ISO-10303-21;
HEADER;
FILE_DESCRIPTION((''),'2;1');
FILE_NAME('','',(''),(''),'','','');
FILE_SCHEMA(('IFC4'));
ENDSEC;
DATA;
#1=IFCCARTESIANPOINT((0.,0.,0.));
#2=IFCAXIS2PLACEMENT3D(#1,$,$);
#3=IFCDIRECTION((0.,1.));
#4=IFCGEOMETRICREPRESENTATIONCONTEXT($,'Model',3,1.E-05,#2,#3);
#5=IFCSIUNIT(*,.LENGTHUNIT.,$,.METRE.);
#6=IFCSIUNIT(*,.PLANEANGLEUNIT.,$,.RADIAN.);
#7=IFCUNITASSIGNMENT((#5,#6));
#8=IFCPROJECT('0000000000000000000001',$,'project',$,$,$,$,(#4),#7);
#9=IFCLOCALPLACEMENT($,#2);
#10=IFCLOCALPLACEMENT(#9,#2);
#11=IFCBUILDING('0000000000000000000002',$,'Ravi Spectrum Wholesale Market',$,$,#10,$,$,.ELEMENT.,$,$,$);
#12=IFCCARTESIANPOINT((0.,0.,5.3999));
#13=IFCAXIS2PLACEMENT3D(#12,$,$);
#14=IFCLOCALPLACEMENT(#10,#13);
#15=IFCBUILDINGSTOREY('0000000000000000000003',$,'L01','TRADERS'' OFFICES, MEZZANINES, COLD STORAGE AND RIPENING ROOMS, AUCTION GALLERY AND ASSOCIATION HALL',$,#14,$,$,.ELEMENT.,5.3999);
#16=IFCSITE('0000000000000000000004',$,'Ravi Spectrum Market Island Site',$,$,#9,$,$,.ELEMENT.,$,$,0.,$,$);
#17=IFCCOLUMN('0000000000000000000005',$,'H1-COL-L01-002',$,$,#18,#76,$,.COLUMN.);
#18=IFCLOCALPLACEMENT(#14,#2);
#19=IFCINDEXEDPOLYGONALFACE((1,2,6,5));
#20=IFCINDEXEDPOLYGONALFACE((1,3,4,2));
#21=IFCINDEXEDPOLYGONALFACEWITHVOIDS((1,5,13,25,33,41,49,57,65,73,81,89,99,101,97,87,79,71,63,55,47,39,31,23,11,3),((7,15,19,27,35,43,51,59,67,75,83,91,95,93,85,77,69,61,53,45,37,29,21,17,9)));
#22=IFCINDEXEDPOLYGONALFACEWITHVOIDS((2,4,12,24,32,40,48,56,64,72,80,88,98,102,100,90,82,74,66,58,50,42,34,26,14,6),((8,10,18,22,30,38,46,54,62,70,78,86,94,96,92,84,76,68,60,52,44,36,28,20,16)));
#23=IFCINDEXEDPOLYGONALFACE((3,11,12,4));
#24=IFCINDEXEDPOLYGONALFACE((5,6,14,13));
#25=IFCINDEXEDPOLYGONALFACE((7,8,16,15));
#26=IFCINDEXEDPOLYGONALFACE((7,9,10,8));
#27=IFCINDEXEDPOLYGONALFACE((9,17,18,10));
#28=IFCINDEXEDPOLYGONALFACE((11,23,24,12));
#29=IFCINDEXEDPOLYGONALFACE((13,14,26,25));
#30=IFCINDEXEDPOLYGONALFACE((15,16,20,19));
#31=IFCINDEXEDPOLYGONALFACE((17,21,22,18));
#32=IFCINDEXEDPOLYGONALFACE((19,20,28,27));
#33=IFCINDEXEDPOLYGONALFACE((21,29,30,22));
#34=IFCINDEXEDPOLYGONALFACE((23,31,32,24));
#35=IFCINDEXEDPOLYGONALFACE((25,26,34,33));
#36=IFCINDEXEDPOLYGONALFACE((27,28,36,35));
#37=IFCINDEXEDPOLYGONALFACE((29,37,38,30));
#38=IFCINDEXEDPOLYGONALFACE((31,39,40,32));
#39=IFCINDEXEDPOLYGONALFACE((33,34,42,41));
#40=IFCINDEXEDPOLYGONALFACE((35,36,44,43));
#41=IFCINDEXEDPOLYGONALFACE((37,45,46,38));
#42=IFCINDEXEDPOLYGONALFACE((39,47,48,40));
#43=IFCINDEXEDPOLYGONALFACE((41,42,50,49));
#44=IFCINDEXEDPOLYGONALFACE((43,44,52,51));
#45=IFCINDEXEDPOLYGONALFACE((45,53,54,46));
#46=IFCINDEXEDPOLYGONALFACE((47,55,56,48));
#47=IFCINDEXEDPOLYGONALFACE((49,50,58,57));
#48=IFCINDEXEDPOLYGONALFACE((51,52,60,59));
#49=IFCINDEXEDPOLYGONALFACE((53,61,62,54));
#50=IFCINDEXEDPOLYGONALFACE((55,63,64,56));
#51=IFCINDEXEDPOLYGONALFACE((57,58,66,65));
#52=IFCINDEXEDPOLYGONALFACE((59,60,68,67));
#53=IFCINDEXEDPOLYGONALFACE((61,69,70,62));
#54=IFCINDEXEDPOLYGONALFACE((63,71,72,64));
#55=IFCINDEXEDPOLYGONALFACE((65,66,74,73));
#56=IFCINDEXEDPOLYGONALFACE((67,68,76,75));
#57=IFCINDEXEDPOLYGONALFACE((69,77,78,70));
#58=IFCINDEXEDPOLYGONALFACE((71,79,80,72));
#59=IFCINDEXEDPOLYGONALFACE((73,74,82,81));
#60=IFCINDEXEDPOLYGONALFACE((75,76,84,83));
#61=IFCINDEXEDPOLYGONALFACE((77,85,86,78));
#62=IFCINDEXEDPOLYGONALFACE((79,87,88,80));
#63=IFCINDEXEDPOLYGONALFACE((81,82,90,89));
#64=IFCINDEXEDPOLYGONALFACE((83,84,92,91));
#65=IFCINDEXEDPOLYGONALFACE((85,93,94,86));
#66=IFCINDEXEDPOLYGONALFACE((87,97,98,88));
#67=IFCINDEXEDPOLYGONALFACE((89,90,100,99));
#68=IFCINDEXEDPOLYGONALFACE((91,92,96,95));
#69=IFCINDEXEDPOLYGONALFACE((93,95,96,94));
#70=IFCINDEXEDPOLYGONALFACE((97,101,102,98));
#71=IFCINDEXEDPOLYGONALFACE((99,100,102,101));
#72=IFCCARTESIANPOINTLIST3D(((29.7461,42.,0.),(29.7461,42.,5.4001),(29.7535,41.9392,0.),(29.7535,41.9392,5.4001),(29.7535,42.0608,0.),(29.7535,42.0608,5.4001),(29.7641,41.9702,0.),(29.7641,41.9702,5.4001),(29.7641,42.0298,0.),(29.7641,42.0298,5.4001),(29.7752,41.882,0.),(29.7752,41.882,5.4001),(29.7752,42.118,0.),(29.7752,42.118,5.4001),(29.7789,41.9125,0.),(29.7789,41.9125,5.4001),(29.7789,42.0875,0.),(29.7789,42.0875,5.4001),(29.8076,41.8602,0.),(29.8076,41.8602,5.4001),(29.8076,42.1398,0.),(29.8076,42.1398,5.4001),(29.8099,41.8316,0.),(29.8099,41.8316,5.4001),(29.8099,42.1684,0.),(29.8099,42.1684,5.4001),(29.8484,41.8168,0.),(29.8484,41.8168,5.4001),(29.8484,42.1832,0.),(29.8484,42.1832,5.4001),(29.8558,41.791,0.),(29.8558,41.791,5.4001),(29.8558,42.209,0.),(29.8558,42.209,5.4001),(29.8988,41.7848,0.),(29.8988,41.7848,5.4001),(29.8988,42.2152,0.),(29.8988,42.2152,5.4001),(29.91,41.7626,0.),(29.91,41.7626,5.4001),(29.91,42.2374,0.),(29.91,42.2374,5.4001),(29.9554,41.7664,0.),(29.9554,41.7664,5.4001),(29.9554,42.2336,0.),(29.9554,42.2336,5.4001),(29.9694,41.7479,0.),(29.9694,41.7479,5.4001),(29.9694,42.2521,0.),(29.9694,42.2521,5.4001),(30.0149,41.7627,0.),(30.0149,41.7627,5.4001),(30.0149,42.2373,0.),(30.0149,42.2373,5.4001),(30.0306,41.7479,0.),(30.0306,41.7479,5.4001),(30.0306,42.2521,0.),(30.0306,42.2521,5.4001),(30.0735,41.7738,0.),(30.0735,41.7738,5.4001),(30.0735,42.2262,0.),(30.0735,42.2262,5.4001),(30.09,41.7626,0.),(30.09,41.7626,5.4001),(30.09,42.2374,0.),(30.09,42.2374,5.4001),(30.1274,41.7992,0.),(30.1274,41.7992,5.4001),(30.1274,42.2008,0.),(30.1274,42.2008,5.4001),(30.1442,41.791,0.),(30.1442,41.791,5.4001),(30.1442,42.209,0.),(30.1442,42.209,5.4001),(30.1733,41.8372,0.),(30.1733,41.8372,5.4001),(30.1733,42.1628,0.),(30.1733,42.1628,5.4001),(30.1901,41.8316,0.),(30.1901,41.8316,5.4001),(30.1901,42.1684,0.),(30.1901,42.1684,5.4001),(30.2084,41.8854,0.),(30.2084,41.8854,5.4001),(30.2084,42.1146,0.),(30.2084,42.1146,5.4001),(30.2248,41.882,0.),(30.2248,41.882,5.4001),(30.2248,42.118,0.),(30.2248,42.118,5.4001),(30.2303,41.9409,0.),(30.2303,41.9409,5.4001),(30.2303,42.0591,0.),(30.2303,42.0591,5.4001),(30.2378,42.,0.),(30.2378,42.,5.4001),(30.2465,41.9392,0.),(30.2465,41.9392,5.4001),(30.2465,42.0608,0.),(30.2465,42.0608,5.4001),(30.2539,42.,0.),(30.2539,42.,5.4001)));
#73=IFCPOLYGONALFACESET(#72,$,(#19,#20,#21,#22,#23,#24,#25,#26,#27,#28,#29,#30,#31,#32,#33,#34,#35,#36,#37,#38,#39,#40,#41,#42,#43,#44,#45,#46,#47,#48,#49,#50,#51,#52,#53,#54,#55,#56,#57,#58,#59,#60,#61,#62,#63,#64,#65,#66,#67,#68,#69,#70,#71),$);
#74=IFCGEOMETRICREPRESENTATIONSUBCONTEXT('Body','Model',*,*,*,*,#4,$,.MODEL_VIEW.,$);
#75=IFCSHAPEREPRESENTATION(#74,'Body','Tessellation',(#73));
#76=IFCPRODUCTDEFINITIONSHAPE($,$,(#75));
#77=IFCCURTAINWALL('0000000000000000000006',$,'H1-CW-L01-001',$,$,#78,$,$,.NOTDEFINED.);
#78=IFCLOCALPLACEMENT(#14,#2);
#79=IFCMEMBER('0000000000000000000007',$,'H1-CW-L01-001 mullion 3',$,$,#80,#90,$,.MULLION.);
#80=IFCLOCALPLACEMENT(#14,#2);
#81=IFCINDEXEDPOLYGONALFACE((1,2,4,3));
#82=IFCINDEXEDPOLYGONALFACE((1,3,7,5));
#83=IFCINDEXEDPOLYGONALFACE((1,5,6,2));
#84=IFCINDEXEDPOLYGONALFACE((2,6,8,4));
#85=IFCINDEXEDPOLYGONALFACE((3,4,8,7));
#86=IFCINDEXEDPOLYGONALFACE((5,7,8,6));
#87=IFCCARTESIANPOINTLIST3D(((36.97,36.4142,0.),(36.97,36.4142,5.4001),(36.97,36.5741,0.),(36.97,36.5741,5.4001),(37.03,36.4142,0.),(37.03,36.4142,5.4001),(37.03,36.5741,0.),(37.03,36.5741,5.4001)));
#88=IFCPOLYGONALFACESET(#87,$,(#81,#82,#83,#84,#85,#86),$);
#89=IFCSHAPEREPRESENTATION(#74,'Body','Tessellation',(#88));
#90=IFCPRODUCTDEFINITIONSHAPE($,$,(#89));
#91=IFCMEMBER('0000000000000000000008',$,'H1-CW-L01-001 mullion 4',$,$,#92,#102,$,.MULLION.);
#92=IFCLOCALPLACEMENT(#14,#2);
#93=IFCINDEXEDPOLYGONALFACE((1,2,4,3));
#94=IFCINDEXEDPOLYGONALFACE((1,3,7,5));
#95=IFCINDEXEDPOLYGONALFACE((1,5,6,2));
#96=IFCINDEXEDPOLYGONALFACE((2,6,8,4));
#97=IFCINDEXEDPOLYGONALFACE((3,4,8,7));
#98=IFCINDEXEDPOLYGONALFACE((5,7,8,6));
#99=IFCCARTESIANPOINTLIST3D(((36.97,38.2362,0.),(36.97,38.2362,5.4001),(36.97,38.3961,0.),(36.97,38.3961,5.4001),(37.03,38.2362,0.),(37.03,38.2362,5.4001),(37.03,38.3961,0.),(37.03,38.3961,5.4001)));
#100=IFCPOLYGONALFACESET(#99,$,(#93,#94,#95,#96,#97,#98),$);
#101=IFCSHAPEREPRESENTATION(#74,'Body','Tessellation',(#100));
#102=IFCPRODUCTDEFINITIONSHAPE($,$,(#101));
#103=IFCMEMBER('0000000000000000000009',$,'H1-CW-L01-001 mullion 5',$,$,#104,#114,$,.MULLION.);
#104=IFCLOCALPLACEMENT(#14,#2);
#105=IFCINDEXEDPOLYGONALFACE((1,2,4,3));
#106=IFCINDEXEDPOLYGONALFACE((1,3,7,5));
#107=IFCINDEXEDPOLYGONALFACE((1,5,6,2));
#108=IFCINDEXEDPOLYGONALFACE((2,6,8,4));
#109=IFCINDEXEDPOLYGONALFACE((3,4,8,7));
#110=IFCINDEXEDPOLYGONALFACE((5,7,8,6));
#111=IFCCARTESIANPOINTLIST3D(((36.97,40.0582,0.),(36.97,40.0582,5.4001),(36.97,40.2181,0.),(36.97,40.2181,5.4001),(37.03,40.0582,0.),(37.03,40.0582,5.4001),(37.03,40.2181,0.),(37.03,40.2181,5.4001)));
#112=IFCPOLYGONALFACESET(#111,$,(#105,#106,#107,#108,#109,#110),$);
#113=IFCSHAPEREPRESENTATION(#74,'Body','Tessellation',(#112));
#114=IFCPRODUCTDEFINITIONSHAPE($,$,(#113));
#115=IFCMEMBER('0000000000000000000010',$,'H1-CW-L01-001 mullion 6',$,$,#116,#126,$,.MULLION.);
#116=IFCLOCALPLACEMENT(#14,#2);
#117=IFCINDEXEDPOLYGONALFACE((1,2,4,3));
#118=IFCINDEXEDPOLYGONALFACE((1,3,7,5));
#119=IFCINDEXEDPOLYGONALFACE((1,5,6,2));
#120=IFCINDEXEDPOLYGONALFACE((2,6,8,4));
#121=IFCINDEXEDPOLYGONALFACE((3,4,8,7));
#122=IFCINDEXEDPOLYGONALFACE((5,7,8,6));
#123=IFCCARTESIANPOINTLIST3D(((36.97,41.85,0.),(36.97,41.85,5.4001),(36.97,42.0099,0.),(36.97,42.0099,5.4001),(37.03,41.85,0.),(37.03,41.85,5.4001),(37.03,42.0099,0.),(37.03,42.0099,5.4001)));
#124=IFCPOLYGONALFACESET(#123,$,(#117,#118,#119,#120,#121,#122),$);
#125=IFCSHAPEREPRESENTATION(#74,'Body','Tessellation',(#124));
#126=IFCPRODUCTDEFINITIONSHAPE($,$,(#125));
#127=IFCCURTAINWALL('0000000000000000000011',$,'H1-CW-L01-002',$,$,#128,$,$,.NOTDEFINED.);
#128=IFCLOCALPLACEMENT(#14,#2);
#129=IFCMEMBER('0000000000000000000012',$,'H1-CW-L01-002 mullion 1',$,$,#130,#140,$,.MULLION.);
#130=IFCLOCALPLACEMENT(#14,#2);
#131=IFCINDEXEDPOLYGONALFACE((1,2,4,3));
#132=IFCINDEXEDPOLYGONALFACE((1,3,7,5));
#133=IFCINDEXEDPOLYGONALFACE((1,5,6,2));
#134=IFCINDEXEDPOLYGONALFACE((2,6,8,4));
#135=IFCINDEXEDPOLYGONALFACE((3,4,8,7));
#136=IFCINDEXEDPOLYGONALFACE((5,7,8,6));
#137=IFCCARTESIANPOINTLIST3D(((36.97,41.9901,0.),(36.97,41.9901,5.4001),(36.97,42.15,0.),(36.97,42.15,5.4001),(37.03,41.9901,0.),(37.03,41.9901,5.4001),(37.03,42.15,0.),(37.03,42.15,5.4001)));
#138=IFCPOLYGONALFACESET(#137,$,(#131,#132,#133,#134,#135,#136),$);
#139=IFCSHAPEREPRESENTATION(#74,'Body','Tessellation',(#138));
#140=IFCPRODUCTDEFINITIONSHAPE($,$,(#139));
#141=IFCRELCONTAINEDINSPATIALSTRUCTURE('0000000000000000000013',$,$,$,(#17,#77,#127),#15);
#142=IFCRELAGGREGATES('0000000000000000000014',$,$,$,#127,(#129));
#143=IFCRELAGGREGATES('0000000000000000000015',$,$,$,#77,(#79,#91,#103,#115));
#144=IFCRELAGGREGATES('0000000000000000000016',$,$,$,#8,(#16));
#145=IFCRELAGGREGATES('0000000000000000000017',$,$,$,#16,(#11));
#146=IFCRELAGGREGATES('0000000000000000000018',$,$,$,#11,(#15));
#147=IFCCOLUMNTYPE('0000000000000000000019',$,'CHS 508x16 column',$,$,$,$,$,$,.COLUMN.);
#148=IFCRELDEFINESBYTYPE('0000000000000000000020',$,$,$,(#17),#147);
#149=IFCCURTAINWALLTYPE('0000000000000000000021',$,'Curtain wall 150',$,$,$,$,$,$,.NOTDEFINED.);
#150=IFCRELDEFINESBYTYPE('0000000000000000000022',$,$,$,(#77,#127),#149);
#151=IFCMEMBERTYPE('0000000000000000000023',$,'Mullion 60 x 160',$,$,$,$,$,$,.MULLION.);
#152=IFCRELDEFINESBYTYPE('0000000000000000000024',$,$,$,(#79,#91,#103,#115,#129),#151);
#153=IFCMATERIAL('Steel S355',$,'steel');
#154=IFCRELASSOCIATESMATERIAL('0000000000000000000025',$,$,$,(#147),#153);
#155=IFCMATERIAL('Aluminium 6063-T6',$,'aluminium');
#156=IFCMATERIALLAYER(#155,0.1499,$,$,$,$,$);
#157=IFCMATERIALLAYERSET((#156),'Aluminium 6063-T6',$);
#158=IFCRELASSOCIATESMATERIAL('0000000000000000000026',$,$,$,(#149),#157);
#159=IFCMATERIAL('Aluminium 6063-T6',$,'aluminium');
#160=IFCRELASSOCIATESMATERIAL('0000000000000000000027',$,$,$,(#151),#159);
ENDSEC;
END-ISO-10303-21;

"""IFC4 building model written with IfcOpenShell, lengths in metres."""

from ifc_helpers import new_model, si_unit, direction, frame, origin, origin_2d, place, context, subcontext, project, spatial, rectangle, hollow_circle, extrude, material, layer, layer_set, material_profile, profile_set, type_object, element, aggregate, save


model = new_model("IFC4")

# Units and contexts
model_context = context("Model", 3, precision=1e-05, world=origin(), true_north=direction((0.0, 1.0)))
body_context = subcontext(model_context, "Body", "Model", "MODEL_VIEW")
ifc_project = project(units=[si_unit("LENGTHUNIT", "METRE"), si_unit("PLANEANGLEUNIT", "RADIAN")], contexts=[model_context])

# Site, building, storey
site_placement = place(None, origin())
site = spatial("IfcSite", under=ifc_project, at=site_placement, Name="Ravi Spectrum Market Island Site", CompositionType="ELEMENT", RefElevation=0.0)
building_placement = place(site_placement, origin())
building = spatial("IfcBuilding", under=site, at=building_placement, Name="Ravi Spectrum Wholesale Market", CompositionType="ELEMENT")
storey_placement = place(building_placement, frame((0.0, 0.0, 5.3999)))
storey = spatial("IfcBuildingStorey", under=building, at=storey_placement, Name="L01", Description="TRADERS' OFFICES, MEZZANINES, COLD STORAGE AND RIPENING ROOMS, AUCTION GALLERY AND ASSOCIATION HALL", CompositionType="ELEMENT", Elevation=5.3999)

# Column
ifc_material_1 = material(Name="Steel S355", Category="steel")
ifc_material_profile_1 = material_profile(ifc_material_1, hollow_circle(Radius=0.2539, WallThickness=0.0161, at=origin_2d()))
ifc_profile_set_1 = profile_set([ifc_material_profile_1], Name="Steel S355")
column_type = type_object("IfcColumnType", Name="CHS 508x16 column", PredefinedType="COLUMN", material=ifc_profile_set_1)
column_placement = place(storey_placement, frame((30.0, 42.0, 0.0), z_axis=(0.0, 0.0, 1.0), x_axis=(1.0, 0.0, 0.0)))
element("IfcColumn", 1, at=column_placement, inside=storey, type_object=column_type, Name="H1-COL-L01-002", PredefinedType="COLUMN", context=body_context, shape_type="SweptSolid", body=[
    extrude(hollow_circle(Radius=0.2539, WallThickness=0.0161, at=origin_2d()), origin(), (0.0, 0.0, 1.0), 5.4001),
])

# Curtain wall, members
ifc_material_2 = material(Name="Aluminium 6063-T6", Category="aluminium")
ifc_layer_1 = layer(ifc_material_2, 0.1499)
ifc_layer_set_1 = layer_set([ifc_layer_1], Name="Aluminium 6063-T6")
curtain_wall_type = type_object("IfcCurtainWallType", Name="Curtain wall 150", PredefinedType="NOTDEFINED", material=ifc_layer_set_1)
curtain_wall_1_placement = place(storey_placement, origin())
curtain_wall_1 = element("IfcCurtainWall", 2, at=curtain_wall_1_placement, inside=storey, type_object=curtain_wall_type, Name="H1-CW-L01-001", PredefinedType="NOTDEFINED")
ifc_material_3 = material(Name="Aluminium 6063-T6", Category="aluminium")
ifc_material_profile_2 = material_profile(ifc_material_3, rectangle(XDim=0.0601, YDim=0.1599, at=origin_2d()))
ifc_profile_set_2 = profile_set([ifc_material_profile_2], Name="Aluminium 6063-T6")
member_type_1 = type_object("IfcMemberType", Name="Mullion 60 x 160", PredefinedType="MULLION", material=ifc_profile_set_2)
member_1_placement = place(storey_placement, frame((37.0, 36.4941, 0.0), z_axis=(0.0, 0.0, 1.0), x_axis=(-1.0, 0.0, 0.0)))
member_1 = element("IfcMember", 3, at=member_1_placement, type_object=member_type_1, Name="H1-CW-L01-001 mullion 3", PredefinedType="MULLION", context=body_context, shape_type="SweptSolid", body=[
    extrude(rectangle(XDim=0.0601, YDim=0.1599, at=origin_2d()), origin(), (0.0, 0.0, 1.0), 5.4001),
])
member_2_placement = place(storey_placement, frame((37.0, 38.3162, 0.0), z_axis=(0.0, 0.0, 1.0), x_axis=(-1.0, 0.0, 0.0)))
member_2 = element("IfcMember", 4, at=member_2_placement, type_object=member_type_1, Name="H1-CW-L01-001 mullion 4", PredefinedType="MULLION", context=body_context, shape_type="SweptSolid", body=[
    extrude(rectangle(XDim=0.0601, YDim=0.1599, at=origin_2d()), origin(), (0.0, 0.0, 1.0), 5.4001),
])
member_3_placement = place(storey_placement, frame((37.0, 40.1382, 0.0), z_axis=(0.0, 0.0, 1.0), x_axis=(-1.0, 0.0, 0.0)))
member_3 = element("IfcMember", 5, at=member_3_placement, type_object=member_type_1, Name="H1-CW-L01-001 mullion 5", PredefinedType="MULLION", context=body_context, shape_type="SweptSolid", body=[
    extrude(rectangle(XDim=0.0601, YDim=0.1599, at=origin_2d()), origin(), (0.0, 0.0, 1.0), 5.4001),
])
member_4_placement = place(storey_placement, frame((37.0, 41.9299, 0.0), z_axis=(0.0, 0.0, 1.0), x_axis=(-1.0, 0.0, 0.0)))
member_4 = element("IfcMember", 6, at=member_4_placement, type_object=member_type_1, Name="H1-CW-L01-001 mullion 6", PredefinedType="MULLION", context=body_context, shape_type="SweptSolid", body=[
    extrude(rectangle(XDim=0.0601, YDim=0.1599, at=origin_2d()), origin(), (0.0, 0.0, 1.0), 5.4001),
])

# Curtain wall, member
curtain_wall_2_placement = place(storey_placement, origin())
curtain_wall_2 = element("IfcCurtainWall", 7, at=curtain_wall_2_placement, inside=storey, type_object=curtain_wall_type, Name="H1-CW-L01-002", PredefinedType="NOTDEFINED")
member_5_placement = place(storey_placement, frame((37.0, 42.0701, 0.0), z_axis=(0.0, 0.0, 1.0), x_axis=(-1.0, 0.0, 0.0)))
member_5 = element("IfcMember", 8, at=member_5_placement, type_object=member_type_1, Name="H1-CW-L01-002 mullion 1", PredefinedType="MULLION", context=body_context, shape_type="SweptSolid", body=[
    extrude(rectangle(XDim=0.0601, YDim=0.1599, at=origin_2d()), origin(), (0.0, 0.0, 1.0), 5.4001),
])
aggregate(curtain_wall_2, [member_5])

aggregate(curtain_wall_1, [member_1, member_2, member_3, member_4])

save(model, "model.ifc")
